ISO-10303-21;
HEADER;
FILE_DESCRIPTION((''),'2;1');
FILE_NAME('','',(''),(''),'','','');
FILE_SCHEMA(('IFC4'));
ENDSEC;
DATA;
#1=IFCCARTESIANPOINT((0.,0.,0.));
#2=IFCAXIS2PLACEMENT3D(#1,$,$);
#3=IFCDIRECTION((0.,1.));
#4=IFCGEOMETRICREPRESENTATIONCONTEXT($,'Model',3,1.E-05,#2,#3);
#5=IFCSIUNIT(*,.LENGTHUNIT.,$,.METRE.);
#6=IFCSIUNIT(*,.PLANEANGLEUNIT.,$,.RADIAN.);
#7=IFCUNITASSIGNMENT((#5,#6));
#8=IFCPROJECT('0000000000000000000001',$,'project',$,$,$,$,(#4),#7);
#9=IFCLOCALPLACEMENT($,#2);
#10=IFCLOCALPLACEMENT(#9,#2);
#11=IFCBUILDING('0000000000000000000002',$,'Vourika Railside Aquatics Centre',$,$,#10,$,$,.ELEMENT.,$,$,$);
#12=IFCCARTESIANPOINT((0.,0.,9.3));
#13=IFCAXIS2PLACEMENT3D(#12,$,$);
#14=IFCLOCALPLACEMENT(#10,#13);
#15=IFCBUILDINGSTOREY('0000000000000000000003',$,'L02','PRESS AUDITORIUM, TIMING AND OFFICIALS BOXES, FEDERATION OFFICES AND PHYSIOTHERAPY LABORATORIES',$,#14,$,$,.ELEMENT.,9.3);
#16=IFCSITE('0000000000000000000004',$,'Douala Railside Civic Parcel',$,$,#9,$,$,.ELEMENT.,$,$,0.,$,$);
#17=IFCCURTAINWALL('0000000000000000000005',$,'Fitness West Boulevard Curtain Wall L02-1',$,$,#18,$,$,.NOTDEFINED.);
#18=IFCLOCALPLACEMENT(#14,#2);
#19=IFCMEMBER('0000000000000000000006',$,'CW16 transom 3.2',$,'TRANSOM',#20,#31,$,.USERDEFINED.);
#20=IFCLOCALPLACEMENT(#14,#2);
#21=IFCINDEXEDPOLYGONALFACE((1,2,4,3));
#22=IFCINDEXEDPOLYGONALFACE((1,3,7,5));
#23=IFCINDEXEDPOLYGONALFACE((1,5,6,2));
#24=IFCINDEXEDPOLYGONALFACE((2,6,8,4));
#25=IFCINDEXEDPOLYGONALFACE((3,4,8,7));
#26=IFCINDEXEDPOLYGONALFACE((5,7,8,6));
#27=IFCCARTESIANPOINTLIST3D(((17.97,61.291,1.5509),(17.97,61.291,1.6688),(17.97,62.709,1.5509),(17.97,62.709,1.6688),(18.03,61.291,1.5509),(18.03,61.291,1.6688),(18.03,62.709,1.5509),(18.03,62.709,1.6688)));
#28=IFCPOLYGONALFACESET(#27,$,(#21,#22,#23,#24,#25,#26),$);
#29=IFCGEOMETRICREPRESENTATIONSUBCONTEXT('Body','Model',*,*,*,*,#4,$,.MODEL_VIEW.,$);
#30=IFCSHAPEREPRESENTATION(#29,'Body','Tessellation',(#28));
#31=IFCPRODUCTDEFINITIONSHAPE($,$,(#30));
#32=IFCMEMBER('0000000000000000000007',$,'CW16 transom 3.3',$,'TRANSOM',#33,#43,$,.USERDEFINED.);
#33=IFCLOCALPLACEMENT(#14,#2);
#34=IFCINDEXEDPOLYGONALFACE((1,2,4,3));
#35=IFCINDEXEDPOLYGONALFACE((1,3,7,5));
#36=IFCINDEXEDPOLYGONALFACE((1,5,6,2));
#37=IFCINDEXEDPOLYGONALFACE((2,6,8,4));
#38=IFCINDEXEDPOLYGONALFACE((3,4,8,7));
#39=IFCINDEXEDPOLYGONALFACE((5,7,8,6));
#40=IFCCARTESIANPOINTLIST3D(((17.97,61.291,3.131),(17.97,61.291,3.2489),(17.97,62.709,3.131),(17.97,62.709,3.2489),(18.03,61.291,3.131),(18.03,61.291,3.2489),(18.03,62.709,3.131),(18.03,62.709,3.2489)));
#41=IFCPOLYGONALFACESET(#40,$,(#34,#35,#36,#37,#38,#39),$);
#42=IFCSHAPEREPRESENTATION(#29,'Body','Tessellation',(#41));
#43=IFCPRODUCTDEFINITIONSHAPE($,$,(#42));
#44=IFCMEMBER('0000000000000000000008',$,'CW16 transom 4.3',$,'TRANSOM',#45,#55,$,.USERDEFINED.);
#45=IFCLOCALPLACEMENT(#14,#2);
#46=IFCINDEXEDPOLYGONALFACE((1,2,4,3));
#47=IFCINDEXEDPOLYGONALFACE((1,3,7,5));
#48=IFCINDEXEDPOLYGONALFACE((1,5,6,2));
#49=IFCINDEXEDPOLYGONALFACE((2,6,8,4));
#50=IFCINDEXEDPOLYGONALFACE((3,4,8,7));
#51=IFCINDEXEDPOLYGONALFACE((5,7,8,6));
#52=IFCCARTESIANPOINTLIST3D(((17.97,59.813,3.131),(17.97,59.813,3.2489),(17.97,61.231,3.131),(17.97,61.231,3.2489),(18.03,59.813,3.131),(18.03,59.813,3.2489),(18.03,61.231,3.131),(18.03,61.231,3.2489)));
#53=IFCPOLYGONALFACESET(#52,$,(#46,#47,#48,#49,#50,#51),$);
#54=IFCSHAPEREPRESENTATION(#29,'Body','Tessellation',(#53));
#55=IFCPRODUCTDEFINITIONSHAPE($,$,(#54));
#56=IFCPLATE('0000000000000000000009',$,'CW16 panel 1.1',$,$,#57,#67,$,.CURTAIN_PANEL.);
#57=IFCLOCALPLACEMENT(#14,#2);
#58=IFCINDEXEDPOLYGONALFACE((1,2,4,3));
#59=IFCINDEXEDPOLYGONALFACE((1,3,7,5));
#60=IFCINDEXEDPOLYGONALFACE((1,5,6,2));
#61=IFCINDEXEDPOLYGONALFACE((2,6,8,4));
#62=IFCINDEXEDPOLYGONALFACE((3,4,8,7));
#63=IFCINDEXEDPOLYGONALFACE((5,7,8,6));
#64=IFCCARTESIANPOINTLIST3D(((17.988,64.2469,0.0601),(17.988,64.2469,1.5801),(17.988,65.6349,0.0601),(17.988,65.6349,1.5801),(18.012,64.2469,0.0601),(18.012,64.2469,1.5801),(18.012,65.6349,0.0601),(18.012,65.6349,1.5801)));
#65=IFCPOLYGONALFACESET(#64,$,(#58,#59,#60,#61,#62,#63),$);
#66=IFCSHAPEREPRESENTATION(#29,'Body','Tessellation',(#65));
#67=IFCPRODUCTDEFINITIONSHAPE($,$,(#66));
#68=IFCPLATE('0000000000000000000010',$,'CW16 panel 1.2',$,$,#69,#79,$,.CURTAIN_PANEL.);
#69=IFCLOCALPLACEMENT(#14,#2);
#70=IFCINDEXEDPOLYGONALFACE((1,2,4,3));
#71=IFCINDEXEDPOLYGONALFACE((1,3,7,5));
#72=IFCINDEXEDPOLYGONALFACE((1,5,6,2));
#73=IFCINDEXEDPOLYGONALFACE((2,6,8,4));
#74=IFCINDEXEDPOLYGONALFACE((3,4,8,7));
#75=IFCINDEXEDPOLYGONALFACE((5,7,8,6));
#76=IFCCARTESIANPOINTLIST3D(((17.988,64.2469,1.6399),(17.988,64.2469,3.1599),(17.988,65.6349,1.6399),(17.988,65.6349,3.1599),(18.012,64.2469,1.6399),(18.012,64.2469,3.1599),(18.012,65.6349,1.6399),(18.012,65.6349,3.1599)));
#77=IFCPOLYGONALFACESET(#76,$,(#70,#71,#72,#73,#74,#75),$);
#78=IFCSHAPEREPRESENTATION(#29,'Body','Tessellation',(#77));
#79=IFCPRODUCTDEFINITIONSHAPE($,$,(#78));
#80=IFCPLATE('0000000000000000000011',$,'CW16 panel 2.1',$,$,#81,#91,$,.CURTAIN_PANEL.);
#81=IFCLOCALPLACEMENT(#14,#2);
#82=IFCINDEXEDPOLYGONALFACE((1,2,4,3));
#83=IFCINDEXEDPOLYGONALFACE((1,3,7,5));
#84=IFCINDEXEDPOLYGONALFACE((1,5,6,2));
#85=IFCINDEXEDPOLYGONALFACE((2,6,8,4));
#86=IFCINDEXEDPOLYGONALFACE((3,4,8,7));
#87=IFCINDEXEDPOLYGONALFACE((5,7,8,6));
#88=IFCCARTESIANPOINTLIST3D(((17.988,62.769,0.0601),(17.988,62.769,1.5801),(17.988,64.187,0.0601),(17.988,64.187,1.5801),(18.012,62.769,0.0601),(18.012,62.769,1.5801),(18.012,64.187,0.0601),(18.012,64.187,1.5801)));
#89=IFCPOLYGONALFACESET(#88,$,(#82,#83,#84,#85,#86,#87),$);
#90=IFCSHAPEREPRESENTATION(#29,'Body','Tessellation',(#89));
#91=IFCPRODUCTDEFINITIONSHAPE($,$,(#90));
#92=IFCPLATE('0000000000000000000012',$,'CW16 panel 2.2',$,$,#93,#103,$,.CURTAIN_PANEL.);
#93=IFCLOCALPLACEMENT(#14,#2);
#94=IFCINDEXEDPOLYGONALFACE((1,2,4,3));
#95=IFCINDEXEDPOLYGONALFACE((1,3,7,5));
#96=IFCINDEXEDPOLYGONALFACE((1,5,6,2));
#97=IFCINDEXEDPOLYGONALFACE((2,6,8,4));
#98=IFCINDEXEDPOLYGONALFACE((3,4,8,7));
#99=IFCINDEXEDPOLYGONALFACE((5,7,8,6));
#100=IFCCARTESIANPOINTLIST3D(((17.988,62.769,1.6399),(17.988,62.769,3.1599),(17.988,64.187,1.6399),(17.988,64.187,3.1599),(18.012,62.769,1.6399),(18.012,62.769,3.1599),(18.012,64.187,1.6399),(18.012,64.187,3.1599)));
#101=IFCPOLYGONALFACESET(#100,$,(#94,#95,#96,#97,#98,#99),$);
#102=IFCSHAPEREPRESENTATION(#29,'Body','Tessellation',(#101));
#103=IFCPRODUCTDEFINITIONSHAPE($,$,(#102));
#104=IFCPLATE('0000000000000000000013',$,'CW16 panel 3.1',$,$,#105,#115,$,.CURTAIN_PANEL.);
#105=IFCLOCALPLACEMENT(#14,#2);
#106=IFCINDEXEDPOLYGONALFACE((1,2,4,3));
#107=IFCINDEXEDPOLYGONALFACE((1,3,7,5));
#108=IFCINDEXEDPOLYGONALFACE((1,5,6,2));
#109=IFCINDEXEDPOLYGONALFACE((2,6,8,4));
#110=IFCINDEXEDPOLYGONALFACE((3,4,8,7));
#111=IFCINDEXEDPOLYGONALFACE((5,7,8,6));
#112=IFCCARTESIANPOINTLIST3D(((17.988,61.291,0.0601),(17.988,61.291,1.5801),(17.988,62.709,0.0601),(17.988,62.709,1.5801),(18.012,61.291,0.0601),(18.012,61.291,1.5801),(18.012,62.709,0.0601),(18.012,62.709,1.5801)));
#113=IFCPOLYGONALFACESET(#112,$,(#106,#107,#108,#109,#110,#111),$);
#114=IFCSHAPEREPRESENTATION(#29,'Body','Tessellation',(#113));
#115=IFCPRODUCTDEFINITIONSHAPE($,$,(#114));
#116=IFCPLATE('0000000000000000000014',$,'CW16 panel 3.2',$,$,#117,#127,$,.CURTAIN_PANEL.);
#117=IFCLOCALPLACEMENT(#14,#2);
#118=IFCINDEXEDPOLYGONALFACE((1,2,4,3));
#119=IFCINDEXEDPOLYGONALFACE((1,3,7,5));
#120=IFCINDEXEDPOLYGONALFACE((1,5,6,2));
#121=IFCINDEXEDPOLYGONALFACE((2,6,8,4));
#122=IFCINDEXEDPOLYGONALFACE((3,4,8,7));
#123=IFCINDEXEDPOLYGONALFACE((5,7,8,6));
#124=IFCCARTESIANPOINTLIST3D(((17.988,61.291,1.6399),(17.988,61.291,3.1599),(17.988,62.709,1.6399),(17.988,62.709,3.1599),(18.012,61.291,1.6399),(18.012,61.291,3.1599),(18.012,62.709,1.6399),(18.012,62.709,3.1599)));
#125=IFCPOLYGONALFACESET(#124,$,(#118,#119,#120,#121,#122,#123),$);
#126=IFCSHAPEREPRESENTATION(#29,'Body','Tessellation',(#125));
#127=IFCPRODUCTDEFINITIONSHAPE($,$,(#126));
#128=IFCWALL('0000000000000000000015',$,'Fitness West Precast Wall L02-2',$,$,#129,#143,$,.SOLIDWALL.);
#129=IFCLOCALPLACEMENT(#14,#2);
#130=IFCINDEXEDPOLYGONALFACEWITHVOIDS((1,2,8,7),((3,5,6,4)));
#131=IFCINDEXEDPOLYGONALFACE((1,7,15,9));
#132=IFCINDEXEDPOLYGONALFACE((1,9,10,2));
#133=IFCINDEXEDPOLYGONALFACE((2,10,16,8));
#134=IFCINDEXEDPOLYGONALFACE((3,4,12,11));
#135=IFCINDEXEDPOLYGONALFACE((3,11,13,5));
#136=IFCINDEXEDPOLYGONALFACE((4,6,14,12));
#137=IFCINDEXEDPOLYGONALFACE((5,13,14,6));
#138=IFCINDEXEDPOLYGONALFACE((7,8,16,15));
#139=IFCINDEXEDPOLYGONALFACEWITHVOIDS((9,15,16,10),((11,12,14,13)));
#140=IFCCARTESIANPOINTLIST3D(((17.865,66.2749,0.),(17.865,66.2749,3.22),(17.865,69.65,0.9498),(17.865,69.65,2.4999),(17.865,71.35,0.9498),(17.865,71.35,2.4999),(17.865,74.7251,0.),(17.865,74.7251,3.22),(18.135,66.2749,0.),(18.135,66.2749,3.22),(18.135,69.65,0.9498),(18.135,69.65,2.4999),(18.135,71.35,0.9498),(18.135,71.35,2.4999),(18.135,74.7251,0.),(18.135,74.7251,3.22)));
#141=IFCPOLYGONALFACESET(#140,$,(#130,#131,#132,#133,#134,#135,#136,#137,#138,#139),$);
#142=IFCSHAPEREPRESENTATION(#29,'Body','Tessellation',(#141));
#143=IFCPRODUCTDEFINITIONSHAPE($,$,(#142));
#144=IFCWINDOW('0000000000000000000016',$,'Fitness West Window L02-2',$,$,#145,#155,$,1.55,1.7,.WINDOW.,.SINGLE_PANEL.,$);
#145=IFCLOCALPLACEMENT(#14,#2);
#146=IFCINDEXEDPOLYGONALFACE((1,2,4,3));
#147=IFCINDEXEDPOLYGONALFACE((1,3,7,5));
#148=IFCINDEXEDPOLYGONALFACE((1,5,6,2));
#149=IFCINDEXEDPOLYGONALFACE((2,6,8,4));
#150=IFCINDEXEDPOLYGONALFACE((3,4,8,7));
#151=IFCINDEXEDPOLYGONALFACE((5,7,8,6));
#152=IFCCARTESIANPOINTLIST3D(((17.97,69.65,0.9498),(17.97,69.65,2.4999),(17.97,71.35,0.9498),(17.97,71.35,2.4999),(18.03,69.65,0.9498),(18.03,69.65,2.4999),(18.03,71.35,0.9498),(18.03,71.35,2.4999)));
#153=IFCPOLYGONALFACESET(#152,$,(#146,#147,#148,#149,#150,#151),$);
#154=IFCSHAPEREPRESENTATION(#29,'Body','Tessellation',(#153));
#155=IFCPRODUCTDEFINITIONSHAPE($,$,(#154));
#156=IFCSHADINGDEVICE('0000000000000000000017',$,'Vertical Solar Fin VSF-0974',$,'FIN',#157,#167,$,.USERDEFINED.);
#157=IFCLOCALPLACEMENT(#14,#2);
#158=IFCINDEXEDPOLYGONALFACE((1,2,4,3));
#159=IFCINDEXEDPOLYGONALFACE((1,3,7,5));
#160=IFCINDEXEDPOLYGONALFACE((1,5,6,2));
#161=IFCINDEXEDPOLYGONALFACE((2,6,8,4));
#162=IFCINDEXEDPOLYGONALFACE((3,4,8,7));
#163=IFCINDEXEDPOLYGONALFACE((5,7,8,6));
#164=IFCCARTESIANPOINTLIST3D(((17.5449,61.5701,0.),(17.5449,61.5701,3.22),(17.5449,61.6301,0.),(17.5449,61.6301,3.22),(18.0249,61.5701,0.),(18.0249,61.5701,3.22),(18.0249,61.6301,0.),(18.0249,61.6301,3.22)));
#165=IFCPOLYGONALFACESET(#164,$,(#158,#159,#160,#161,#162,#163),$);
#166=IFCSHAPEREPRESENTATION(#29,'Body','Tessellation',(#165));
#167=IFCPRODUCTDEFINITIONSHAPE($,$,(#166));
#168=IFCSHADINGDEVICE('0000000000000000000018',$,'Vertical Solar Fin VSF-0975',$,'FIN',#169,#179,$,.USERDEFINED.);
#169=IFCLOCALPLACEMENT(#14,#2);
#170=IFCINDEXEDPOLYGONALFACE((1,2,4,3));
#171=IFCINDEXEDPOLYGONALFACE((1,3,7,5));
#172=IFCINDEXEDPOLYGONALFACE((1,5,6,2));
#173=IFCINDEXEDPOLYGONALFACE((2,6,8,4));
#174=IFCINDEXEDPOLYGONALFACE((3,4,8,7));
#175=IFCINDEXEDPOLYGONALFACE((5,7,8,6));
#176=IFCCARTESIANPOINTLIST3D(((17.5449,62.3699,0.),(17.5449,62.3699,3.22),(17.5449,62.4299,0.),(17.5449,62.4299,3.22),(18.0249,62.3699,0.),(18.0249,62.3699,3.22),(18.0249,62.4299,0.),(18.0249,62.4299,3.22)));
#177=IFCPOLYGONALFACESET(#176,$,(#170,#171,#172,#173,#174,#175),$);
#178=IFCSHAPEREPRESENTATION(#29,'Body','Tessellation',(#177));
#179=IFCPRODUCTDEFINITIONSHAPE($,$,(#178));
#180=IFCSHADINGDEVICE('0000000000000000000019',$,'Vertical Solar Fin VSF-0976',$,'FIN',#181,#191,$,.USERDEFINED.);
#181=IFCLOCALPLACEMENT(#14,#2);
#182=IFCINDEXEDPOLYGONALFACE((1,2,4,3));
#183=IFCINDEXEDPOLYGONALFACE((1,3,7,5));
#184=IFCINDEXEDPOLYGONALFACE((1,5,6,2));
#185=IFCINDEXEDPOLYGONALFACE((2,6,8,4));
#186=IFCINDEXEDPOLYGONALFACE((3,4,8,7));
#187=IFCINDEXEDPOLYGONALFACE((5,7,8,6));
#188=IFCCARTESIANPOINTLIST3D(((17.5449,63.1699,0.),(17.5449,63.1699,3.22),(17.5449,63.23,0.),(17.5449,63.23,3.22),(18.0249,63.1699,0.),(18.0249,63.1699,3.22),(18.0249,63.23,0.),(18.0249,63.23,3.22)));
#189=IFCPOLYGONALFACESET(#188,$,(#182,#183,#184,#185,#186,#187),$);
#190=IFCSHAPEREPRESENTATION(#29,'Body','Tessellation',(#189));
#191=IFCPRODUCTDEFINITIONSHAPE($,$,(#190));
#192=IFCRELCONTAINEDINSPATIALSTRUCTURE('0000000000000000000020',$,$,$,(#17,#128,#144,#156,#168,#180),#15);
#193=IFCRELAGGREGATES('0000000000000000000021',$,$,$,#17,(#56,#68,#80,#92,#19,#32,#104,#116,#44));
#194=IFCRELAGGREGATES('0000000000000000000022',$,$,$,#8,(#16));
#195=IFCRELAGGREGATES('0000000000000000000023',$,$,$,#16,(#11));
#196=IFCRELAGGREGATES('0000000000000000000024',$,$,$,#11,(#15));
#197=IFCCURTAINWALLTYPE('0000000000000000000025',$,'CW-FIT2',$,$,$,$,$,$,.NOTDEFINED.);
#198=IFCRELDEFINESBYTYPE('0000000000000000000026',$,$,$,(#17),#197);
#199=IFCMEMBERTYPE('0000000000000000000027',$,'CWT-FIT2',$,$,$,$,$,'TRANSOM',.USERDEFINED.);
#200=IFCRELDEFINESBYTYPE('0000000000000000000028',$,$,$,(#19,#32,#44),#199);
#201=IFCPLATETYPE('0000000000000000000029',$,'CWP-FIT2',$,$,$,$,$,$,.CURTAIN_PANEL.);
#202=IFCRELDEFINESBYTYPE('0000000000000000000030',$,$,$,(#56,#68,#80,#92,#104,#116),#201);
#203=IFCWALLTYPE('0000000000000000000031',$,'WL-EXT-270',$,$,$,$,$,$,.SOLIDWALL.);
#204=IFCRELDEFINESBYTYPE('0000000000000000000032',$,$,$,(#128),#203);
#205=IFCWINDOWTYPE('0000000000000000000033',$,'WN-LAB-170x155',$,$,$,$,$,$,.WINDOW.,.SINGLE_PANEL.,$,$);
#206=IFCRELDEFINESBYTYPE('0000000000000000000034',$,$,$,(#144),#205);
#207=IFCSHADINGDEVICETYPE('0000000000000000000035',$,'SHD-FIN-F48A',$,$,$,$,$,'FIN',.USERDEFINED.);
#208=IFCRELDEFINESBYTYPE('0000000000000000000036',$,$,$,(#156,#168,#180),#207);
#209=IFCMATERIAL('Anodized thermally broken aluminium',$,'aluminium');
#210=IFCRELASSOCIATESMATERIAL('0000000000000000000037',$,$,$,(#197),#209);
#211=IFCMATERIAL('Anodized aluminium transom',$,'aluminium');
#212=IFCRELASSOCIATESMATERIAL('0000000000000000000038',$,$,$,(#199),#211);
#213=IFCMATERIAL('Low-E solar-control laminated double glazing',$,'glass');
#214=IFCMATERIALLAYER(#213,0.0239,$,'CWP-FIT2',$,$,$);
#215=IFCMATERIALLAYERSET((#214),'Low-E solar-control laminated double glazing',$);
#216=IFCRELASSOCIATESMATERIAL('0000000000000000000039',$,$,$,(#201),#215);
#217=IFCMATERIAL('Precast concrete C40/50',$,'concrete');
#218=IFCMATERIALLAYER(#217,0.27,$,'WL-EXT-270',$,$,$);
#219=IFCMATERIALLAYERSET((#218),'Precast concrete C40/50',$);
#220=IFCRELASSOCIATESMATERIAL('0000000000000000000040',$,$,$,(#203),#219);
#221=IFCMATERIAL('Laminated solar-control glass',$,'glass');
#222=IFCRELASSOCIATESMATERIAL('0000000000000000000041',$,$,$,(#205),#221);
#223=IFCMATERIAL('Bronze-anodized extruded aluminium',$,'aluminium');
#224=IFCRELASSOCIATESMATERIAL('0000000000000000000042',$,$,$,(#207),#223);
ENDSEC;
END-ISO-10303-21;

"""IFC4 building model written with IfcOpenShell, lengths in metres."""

from ifc_helpers import new_model, si_unit, direction, frame, frame_2d, origin, origin_2d, place, context, subcontext, project, spatial, rectangle, extrude, material, layer, layer_set, material_profile, profile_set, type_object, element, fill, aggregate, save


model = new_model("IFC4")

# Units and contexts
model_context = context("Model", 3, precision=1e-05, world=origin(), true_north=direction((0.0, 1.0)))
body_context = subcontext(model_context, "Body", "Model", "MODEL_VIEW")
ifc_project = project(units=[si_unit("LENGTHUNIT", "METRE"), si_unit("PLANEANGLEUNIT", "RADIAN")], contexts=[model_context])

# Site, building, storey
site_placement = place(None, origin())
site = spatial("IfcSite", under=ifc_project, at=site_placement, Name="Douala Railside Civic Parcel", CompositionType="ELEMENT", RefElevation=0.0)
building_placement = place(site_placement, origin())
building = spatial("IfcBuilding", under=site, at=building_placement, Name="Vourika Railside Aquatics Centre", CompositionType="ELEMENT")
storey_placement = place(building_placement, frame((0.0, 0.0, 9.3)))
storey = spatial("IfcBuildingStorey", under=building, at=storey_placement, Name="L02", Description="PRESS AUDITORIUM, TIMING AND OFFICIALS BOXES, FEDERATION OFFICES AND PHYSIOTHERAPY LABORATORIES", CompositionType="ELEMENT", Elevation=9.3)

# Curtain wall, members, plates
ifc_material_1 = material(Name="Anodized thermally broken aluminium", Category="aluminium")
curtain_wall_type = type_object("IfcCurtainWallType", Name="CW-FIT2", PredefinedType="NOTDEFINED", material=ifc_material_1)
curtain_wall_placement = place(storey_placement, origin())
curtain_wall = element("IfcCurtainWall", 1, at=curtain_wall_placement, inside=storey, type_object=curtain_wall_type, Name="Fitness West Boulevard Curtain Wall L02-1", PredefinedType="NOTDEFINED")
ifc_material_2 = material(Name="Anodized aluminium transom", Category="aluminium")
ifc_material_profile_1 = material_profile(ifc_material_2, rectangle(XDim=0.0601, YDim=0.1179, at=origin_2d()), Name="ALU-T 60x118")
ifc_profile_set_1 = profile_set([ifc_material_profile_1], Name="Anodized aluminium transom")
member_type_1 = type_object("IfcMemberType", Name="CWT-FIT2", ElementType="TRANSOM", PredefinedType="USERDEFINED", material=ifc_profile_set_1)
member_1_placement = place(storey_placement, frame((18.0, 62.709, 1.6099), z_axis=(0.0, -1.0, 0.0), x_axis=(1.0, 0.0, 0.0)))
member_1 = element("IfcMember", 2, at=member_1_placement, type_object=member_type_1, Name="CW16 transom 3.2", ObjectType="TRANSOM", PredefinedType="USERDEFINED", context=body_context, shape_type="SweptSolid", body=[
    extrude(rectangle(XDim=0.0601, YDim=0.1179, at=origin_2d()), origin(), (0.0, 0.0, 1.0), 1.418),
])
member_2_placement = place(storey_placement, frame((18.0, 62.709, 3.1899), z_axis=(0.0, -1.0, 0.0), x_axis=(1.0, 0.0, 0.0)))
member_2 = element("IfcMember", 3, at=member_2_placement, type_object=member_type_1, Name="CW16 transom 3.3", ObjectType="TRANSOM", PredefinedType="USERDEFINED", context=body_context, shape_type="SweptSolid", body=[
    extrude(rectangle(XDim=0.0601, YDim=0.1179, at=origin_2d()), origin(), (0.0, 0.0, 1.0), 1.418),
])
member_3_placement = place(storey_placement, frame((18.0, 61.231, 3.1899), z_axis=(0.0, -1.0, 0.0), x_axis=(1.0, 0.0, 0.0)))
member_3 = element("IfcMember", 4, at=member_3_placement, type_object=member_type_1, Name="CW16 transom 4.3", ObjectType="TRANSOM", PredefinedType="USERDEFINED", context=body_context, shape_type="SweptSolid", body=[
    extrude(rectangle(XDim=0.0601, YDim=0.1179, at=origin_2d()), origin(), (0.0, 0.0, 1.0), 1.418),
])
ifc_material_3 = material(Name="Low-E solar-control laminated double glazing", Category="glass")
ifc_layer_1 = layer(ifc_material_3, 0.0239, Name="CWP-FIT2")
ifc_layer_set_1 = layer_set([ifc_layer_1], Name="Low-E solar-control laminated double glazing")
plate_type = type_object("IfcPlateType", Name="CWP-FIT2", PredefinedType="CURTAIN_PANEL", material=ifc_layer_set_1)
plate_1_placement = place(storey_placement, frame((18.0, 64.9409, 0.0601), z_axis=(0.0, 0.0, 1.0), x_axis=(0.0, -1.0, 0.0)))
plate_1 = element("IfcPlate", 5, at=plate_1_placement, type_object=plate_type, Name="CW16 panel 1.1", PredefinedType="CURTAIN_PANEL", context=body_context, shape_type="SweptSolid", body=[
    extrude(rectangle(XDim=1.3879, YDim=0.0239, at=origin_2d()), origin(), (0.0, 0.0, 1.0), 1.52),
])
plate_2_placement = place(storey_placement, frame((18.0, 64.9409, 1.6399), z_axis=(0.0, 0.0, 1.0), x_axis=(0.0, -1.0, 0.0)))
plate_2 = element("IfcPlate", 6, at=plate_2_placement, type_object=plate_type, Name="CW16 panel 1.2", PredefinedType="CURTAIN_PANEL", context=body_context, shape_type="SweptSolid", body=[
    extrude(rectangle(XDim=1.3879, YDim=0.0239, at=origin_2d()), origin(), (0.0, 0.0, 1.0), 1.52),
])
plate_3_placement = place(storey_placement, frame((18.0, 63.478, 0.0601), z_axis=(0.0, 0.0, 1.0), x_axis=(0.0, -1.0, 0.0)))
plate_3 = element("IfcPlate", 7, at=plate_3_placement, type_object=plate_type, Name="CW16 panel 2.1", PredefinedType="CURTAIN_PANEL", context=body_context, shape_type="SweptSolid", body=[
    extrude(rectangle(XDim=1.418, YDim=0.0239, at=origin_2d()), origin(), (0.0, 0.0, 1.0), 1.52),
])
plate_4_placement = place(storey_placement, frame((18.0, 63.478, 1.6399), z_axis=(0.0, 0.0, 1.0), x_axis=(0.0, -1.0, 0.0)))
plate_4 = element("IfcPlate", 8, at=plate_4_placement, type_object=plate_type, Name="CW16 panel 2.2", PredefinedType="CURTAIN_PANEL", context=body_context, shape_type="SweptSolid", body=[
    extrude(rectangle(XDim=1.418, YDim=0.0239, at=origin_2d()), origin(), (0.0, 0.0, 1.0), 1.52),
])
plate_5_placement = place(storey_placement, frame((18.0, 62.0, 0.0601), z_axis=(0.0, 0.0, 1.0), x_axis=(0.0, -1.0, 0.0)))
plate_5 = element("IfcPlate", 9, at=plate_5_placement, type_object=plate_type, Name="CW16 panel 3.1", PredefinedType="CURTAIN_PANEL", context=body_context, shape_type="SweptSolid", body=[
    extrude(rectangle(XDim=1.418, YDim=0.0239, at=origin_2d()), origin(), (0.0, 0.0, 1.0), 1.52),
])
plate_6_placement = place(storey_placement, frame((18.0, 62.0, 1.6399), z_axis=(0.0, 0.0, 1.0), x_axis=(0.0, -1.0, 0.0)))
plate_6 = element("IfcPlate", 10, at=plate_6_placement, type_object=plate_type, Name="CW16 panel 3.2", PredefinedType="CURTAIN_PANEL", context=body_context, shape_type="SweptSolid", body=[
    extrude(rectangle(XDim=1.418, YDim=0.0239, at=origin_2d()), origin(), (0.0, 0.0, 1.0), 1.52),
])
aggregate(curtain_wall, [plate_1, plate_2, plate_3, plate_4, member_1, member_2, plate_5, plate_6, member_3])

# Wall, opening, window
ifc_material_4 = material(Name="Precast concrete C40/50", Category="concrete")
ifc_layer_2 = layer(ifc_material_4, 0.27, Name="WL-EXT-270")
ifc_layer_set_2 = layer_set([ifc_layer_2], Name="Precast concrete C40/50")
wall_type = type_object("IfcWallType", Name="WL-EXT-270", PredefinedType="SOLIDWALL", material=ifc_layer_set_2)
wall_placement = place(storey_placement, frame((18.0, 74.7251, 0.0), z_axis=(0.0, 0.0, 1.0), x_axis=(0.0, -1.0, 0.0)))
wall = element("IfcWall", 11, at=wall_placement, inside=storey, type_object=wall_type, Name="Fitness West Precast Wall L02-2", PredefinedType="SOLIDWALL", context=body_context, shape_type="SweptSolid", body=[
    extrude(rectangle(XDim=8.4502, YDim=0.27, at=frame_2d((4.2251, 0.0))), origin(), (0.0, 0.0, 1.0), 3.22),
])
opening_placement = place(wall_placement, frame((3.375, 0.0, 0.95)))
opening = element("IfcOpeningElement", 12, at=opening_placement, cuts=wall, PredefinedType="OPENING", context=body_context, shape_type="SweptSolid", body=[
    extrude(rectangle(XDim=1.7, YDim=1.55, at=frame_2d((0.8501, 0.7749))), frame((0.0, 0.145, 0.0), z_axis=(0.0, -1.0, 0.0), x_axis=(1.0, 0.0, 0.0)), (0.0, 0.0, 1.0), 0.29),
])
ifc_material_5 = material(Name="Laminated solar-control glass", Category="glass")
window_type = type_object("IfcWindowType", Name="WN-LAB-170x155", PartitioningType="SINGLE_PANEL", PredefinedType="WINDOW", material=ifc_material_5)
window_placement = place(opening_placement, origin())
window = element("IfcWindow", 13, at=window_placement, inside=storey, type_object=window_type, Name="Fitness West Window L02-2", OverallHeight=1.55, OverallWidth=1.7, PartitioningType="SINGLE_PANEL", PredefinedType="WINDOW", context=body_context, shape_type="SweptSolid", body=[
    extrude(rectangle(XDim=1.7, YDim=1.55, at=frame_2d((0.8501, 0.7749))), frame((0.0, 0.03, 0.0), z_axis=(0.0, -1.0, 0.0), x_axis=(1.0, 0.0, 0.0)), (0.0, 0.0, 1.0), 0.0601),
])
fill(opening, window)

# Shading devices
ifc_material_6 = material(Name="Bronze-anodized extruded aluminium", Category="aluminium")
ifc_material_profile_2 = material_profile(ifc_material_6, rectangle(XDim=0.0601, YDim=0.48, at=origin_2d()), Name="ALU-FIN 60x480")
ifc_profile_set_2 = profile_set([ifc_material_profile_2], Name="Bronze-anodized extruded aluminium")
shading_device_type = type_object("IfcShadingDeviceType", Name="SHD-FIN-F48A", ElementType="FIN", PredefinedType="USERDEFINED", material=ifc_profile_set_2)
for number, where, z_axis, x_axis, name in (
    (14, (17.7849, 61.6001, 0.0), (0.0, 0.0, 1.0), (0.0, 1.0, 0.0), "Vertical Solar Fin VSF-0974"),
    (15, (17.7849, 62.3999, 0.0), (0.0, 0.0, 1.0), (0.0, 1.0, 0.0), "Vertical Solar Fin VSF-0975"),
    (16, (17.7849, 63.2, 0.0), (0.0, 0.0, 1.0), (0.0, 1.0, 0.0), "Vertical Solar Fin VSF-0976"),
):
    element("IfcShadingDevice", number, at=place(storey_placement, frame(where, z_axis=z_axis, x_axis=x_axis)), inside=storey, type_object=shading_device_type, Name=name, ObjectType="FIN", PredefinedType="USERDEFINED", context=body_context, shape_type="SweptSolid", body=[
        extrude(rectangle(XDim=0.0601, YDim=0.48, at=origin_2d()), origin(), (0.0, 0.0, 1.0), 3.22),
    ])

save(model, "model.ifc")
